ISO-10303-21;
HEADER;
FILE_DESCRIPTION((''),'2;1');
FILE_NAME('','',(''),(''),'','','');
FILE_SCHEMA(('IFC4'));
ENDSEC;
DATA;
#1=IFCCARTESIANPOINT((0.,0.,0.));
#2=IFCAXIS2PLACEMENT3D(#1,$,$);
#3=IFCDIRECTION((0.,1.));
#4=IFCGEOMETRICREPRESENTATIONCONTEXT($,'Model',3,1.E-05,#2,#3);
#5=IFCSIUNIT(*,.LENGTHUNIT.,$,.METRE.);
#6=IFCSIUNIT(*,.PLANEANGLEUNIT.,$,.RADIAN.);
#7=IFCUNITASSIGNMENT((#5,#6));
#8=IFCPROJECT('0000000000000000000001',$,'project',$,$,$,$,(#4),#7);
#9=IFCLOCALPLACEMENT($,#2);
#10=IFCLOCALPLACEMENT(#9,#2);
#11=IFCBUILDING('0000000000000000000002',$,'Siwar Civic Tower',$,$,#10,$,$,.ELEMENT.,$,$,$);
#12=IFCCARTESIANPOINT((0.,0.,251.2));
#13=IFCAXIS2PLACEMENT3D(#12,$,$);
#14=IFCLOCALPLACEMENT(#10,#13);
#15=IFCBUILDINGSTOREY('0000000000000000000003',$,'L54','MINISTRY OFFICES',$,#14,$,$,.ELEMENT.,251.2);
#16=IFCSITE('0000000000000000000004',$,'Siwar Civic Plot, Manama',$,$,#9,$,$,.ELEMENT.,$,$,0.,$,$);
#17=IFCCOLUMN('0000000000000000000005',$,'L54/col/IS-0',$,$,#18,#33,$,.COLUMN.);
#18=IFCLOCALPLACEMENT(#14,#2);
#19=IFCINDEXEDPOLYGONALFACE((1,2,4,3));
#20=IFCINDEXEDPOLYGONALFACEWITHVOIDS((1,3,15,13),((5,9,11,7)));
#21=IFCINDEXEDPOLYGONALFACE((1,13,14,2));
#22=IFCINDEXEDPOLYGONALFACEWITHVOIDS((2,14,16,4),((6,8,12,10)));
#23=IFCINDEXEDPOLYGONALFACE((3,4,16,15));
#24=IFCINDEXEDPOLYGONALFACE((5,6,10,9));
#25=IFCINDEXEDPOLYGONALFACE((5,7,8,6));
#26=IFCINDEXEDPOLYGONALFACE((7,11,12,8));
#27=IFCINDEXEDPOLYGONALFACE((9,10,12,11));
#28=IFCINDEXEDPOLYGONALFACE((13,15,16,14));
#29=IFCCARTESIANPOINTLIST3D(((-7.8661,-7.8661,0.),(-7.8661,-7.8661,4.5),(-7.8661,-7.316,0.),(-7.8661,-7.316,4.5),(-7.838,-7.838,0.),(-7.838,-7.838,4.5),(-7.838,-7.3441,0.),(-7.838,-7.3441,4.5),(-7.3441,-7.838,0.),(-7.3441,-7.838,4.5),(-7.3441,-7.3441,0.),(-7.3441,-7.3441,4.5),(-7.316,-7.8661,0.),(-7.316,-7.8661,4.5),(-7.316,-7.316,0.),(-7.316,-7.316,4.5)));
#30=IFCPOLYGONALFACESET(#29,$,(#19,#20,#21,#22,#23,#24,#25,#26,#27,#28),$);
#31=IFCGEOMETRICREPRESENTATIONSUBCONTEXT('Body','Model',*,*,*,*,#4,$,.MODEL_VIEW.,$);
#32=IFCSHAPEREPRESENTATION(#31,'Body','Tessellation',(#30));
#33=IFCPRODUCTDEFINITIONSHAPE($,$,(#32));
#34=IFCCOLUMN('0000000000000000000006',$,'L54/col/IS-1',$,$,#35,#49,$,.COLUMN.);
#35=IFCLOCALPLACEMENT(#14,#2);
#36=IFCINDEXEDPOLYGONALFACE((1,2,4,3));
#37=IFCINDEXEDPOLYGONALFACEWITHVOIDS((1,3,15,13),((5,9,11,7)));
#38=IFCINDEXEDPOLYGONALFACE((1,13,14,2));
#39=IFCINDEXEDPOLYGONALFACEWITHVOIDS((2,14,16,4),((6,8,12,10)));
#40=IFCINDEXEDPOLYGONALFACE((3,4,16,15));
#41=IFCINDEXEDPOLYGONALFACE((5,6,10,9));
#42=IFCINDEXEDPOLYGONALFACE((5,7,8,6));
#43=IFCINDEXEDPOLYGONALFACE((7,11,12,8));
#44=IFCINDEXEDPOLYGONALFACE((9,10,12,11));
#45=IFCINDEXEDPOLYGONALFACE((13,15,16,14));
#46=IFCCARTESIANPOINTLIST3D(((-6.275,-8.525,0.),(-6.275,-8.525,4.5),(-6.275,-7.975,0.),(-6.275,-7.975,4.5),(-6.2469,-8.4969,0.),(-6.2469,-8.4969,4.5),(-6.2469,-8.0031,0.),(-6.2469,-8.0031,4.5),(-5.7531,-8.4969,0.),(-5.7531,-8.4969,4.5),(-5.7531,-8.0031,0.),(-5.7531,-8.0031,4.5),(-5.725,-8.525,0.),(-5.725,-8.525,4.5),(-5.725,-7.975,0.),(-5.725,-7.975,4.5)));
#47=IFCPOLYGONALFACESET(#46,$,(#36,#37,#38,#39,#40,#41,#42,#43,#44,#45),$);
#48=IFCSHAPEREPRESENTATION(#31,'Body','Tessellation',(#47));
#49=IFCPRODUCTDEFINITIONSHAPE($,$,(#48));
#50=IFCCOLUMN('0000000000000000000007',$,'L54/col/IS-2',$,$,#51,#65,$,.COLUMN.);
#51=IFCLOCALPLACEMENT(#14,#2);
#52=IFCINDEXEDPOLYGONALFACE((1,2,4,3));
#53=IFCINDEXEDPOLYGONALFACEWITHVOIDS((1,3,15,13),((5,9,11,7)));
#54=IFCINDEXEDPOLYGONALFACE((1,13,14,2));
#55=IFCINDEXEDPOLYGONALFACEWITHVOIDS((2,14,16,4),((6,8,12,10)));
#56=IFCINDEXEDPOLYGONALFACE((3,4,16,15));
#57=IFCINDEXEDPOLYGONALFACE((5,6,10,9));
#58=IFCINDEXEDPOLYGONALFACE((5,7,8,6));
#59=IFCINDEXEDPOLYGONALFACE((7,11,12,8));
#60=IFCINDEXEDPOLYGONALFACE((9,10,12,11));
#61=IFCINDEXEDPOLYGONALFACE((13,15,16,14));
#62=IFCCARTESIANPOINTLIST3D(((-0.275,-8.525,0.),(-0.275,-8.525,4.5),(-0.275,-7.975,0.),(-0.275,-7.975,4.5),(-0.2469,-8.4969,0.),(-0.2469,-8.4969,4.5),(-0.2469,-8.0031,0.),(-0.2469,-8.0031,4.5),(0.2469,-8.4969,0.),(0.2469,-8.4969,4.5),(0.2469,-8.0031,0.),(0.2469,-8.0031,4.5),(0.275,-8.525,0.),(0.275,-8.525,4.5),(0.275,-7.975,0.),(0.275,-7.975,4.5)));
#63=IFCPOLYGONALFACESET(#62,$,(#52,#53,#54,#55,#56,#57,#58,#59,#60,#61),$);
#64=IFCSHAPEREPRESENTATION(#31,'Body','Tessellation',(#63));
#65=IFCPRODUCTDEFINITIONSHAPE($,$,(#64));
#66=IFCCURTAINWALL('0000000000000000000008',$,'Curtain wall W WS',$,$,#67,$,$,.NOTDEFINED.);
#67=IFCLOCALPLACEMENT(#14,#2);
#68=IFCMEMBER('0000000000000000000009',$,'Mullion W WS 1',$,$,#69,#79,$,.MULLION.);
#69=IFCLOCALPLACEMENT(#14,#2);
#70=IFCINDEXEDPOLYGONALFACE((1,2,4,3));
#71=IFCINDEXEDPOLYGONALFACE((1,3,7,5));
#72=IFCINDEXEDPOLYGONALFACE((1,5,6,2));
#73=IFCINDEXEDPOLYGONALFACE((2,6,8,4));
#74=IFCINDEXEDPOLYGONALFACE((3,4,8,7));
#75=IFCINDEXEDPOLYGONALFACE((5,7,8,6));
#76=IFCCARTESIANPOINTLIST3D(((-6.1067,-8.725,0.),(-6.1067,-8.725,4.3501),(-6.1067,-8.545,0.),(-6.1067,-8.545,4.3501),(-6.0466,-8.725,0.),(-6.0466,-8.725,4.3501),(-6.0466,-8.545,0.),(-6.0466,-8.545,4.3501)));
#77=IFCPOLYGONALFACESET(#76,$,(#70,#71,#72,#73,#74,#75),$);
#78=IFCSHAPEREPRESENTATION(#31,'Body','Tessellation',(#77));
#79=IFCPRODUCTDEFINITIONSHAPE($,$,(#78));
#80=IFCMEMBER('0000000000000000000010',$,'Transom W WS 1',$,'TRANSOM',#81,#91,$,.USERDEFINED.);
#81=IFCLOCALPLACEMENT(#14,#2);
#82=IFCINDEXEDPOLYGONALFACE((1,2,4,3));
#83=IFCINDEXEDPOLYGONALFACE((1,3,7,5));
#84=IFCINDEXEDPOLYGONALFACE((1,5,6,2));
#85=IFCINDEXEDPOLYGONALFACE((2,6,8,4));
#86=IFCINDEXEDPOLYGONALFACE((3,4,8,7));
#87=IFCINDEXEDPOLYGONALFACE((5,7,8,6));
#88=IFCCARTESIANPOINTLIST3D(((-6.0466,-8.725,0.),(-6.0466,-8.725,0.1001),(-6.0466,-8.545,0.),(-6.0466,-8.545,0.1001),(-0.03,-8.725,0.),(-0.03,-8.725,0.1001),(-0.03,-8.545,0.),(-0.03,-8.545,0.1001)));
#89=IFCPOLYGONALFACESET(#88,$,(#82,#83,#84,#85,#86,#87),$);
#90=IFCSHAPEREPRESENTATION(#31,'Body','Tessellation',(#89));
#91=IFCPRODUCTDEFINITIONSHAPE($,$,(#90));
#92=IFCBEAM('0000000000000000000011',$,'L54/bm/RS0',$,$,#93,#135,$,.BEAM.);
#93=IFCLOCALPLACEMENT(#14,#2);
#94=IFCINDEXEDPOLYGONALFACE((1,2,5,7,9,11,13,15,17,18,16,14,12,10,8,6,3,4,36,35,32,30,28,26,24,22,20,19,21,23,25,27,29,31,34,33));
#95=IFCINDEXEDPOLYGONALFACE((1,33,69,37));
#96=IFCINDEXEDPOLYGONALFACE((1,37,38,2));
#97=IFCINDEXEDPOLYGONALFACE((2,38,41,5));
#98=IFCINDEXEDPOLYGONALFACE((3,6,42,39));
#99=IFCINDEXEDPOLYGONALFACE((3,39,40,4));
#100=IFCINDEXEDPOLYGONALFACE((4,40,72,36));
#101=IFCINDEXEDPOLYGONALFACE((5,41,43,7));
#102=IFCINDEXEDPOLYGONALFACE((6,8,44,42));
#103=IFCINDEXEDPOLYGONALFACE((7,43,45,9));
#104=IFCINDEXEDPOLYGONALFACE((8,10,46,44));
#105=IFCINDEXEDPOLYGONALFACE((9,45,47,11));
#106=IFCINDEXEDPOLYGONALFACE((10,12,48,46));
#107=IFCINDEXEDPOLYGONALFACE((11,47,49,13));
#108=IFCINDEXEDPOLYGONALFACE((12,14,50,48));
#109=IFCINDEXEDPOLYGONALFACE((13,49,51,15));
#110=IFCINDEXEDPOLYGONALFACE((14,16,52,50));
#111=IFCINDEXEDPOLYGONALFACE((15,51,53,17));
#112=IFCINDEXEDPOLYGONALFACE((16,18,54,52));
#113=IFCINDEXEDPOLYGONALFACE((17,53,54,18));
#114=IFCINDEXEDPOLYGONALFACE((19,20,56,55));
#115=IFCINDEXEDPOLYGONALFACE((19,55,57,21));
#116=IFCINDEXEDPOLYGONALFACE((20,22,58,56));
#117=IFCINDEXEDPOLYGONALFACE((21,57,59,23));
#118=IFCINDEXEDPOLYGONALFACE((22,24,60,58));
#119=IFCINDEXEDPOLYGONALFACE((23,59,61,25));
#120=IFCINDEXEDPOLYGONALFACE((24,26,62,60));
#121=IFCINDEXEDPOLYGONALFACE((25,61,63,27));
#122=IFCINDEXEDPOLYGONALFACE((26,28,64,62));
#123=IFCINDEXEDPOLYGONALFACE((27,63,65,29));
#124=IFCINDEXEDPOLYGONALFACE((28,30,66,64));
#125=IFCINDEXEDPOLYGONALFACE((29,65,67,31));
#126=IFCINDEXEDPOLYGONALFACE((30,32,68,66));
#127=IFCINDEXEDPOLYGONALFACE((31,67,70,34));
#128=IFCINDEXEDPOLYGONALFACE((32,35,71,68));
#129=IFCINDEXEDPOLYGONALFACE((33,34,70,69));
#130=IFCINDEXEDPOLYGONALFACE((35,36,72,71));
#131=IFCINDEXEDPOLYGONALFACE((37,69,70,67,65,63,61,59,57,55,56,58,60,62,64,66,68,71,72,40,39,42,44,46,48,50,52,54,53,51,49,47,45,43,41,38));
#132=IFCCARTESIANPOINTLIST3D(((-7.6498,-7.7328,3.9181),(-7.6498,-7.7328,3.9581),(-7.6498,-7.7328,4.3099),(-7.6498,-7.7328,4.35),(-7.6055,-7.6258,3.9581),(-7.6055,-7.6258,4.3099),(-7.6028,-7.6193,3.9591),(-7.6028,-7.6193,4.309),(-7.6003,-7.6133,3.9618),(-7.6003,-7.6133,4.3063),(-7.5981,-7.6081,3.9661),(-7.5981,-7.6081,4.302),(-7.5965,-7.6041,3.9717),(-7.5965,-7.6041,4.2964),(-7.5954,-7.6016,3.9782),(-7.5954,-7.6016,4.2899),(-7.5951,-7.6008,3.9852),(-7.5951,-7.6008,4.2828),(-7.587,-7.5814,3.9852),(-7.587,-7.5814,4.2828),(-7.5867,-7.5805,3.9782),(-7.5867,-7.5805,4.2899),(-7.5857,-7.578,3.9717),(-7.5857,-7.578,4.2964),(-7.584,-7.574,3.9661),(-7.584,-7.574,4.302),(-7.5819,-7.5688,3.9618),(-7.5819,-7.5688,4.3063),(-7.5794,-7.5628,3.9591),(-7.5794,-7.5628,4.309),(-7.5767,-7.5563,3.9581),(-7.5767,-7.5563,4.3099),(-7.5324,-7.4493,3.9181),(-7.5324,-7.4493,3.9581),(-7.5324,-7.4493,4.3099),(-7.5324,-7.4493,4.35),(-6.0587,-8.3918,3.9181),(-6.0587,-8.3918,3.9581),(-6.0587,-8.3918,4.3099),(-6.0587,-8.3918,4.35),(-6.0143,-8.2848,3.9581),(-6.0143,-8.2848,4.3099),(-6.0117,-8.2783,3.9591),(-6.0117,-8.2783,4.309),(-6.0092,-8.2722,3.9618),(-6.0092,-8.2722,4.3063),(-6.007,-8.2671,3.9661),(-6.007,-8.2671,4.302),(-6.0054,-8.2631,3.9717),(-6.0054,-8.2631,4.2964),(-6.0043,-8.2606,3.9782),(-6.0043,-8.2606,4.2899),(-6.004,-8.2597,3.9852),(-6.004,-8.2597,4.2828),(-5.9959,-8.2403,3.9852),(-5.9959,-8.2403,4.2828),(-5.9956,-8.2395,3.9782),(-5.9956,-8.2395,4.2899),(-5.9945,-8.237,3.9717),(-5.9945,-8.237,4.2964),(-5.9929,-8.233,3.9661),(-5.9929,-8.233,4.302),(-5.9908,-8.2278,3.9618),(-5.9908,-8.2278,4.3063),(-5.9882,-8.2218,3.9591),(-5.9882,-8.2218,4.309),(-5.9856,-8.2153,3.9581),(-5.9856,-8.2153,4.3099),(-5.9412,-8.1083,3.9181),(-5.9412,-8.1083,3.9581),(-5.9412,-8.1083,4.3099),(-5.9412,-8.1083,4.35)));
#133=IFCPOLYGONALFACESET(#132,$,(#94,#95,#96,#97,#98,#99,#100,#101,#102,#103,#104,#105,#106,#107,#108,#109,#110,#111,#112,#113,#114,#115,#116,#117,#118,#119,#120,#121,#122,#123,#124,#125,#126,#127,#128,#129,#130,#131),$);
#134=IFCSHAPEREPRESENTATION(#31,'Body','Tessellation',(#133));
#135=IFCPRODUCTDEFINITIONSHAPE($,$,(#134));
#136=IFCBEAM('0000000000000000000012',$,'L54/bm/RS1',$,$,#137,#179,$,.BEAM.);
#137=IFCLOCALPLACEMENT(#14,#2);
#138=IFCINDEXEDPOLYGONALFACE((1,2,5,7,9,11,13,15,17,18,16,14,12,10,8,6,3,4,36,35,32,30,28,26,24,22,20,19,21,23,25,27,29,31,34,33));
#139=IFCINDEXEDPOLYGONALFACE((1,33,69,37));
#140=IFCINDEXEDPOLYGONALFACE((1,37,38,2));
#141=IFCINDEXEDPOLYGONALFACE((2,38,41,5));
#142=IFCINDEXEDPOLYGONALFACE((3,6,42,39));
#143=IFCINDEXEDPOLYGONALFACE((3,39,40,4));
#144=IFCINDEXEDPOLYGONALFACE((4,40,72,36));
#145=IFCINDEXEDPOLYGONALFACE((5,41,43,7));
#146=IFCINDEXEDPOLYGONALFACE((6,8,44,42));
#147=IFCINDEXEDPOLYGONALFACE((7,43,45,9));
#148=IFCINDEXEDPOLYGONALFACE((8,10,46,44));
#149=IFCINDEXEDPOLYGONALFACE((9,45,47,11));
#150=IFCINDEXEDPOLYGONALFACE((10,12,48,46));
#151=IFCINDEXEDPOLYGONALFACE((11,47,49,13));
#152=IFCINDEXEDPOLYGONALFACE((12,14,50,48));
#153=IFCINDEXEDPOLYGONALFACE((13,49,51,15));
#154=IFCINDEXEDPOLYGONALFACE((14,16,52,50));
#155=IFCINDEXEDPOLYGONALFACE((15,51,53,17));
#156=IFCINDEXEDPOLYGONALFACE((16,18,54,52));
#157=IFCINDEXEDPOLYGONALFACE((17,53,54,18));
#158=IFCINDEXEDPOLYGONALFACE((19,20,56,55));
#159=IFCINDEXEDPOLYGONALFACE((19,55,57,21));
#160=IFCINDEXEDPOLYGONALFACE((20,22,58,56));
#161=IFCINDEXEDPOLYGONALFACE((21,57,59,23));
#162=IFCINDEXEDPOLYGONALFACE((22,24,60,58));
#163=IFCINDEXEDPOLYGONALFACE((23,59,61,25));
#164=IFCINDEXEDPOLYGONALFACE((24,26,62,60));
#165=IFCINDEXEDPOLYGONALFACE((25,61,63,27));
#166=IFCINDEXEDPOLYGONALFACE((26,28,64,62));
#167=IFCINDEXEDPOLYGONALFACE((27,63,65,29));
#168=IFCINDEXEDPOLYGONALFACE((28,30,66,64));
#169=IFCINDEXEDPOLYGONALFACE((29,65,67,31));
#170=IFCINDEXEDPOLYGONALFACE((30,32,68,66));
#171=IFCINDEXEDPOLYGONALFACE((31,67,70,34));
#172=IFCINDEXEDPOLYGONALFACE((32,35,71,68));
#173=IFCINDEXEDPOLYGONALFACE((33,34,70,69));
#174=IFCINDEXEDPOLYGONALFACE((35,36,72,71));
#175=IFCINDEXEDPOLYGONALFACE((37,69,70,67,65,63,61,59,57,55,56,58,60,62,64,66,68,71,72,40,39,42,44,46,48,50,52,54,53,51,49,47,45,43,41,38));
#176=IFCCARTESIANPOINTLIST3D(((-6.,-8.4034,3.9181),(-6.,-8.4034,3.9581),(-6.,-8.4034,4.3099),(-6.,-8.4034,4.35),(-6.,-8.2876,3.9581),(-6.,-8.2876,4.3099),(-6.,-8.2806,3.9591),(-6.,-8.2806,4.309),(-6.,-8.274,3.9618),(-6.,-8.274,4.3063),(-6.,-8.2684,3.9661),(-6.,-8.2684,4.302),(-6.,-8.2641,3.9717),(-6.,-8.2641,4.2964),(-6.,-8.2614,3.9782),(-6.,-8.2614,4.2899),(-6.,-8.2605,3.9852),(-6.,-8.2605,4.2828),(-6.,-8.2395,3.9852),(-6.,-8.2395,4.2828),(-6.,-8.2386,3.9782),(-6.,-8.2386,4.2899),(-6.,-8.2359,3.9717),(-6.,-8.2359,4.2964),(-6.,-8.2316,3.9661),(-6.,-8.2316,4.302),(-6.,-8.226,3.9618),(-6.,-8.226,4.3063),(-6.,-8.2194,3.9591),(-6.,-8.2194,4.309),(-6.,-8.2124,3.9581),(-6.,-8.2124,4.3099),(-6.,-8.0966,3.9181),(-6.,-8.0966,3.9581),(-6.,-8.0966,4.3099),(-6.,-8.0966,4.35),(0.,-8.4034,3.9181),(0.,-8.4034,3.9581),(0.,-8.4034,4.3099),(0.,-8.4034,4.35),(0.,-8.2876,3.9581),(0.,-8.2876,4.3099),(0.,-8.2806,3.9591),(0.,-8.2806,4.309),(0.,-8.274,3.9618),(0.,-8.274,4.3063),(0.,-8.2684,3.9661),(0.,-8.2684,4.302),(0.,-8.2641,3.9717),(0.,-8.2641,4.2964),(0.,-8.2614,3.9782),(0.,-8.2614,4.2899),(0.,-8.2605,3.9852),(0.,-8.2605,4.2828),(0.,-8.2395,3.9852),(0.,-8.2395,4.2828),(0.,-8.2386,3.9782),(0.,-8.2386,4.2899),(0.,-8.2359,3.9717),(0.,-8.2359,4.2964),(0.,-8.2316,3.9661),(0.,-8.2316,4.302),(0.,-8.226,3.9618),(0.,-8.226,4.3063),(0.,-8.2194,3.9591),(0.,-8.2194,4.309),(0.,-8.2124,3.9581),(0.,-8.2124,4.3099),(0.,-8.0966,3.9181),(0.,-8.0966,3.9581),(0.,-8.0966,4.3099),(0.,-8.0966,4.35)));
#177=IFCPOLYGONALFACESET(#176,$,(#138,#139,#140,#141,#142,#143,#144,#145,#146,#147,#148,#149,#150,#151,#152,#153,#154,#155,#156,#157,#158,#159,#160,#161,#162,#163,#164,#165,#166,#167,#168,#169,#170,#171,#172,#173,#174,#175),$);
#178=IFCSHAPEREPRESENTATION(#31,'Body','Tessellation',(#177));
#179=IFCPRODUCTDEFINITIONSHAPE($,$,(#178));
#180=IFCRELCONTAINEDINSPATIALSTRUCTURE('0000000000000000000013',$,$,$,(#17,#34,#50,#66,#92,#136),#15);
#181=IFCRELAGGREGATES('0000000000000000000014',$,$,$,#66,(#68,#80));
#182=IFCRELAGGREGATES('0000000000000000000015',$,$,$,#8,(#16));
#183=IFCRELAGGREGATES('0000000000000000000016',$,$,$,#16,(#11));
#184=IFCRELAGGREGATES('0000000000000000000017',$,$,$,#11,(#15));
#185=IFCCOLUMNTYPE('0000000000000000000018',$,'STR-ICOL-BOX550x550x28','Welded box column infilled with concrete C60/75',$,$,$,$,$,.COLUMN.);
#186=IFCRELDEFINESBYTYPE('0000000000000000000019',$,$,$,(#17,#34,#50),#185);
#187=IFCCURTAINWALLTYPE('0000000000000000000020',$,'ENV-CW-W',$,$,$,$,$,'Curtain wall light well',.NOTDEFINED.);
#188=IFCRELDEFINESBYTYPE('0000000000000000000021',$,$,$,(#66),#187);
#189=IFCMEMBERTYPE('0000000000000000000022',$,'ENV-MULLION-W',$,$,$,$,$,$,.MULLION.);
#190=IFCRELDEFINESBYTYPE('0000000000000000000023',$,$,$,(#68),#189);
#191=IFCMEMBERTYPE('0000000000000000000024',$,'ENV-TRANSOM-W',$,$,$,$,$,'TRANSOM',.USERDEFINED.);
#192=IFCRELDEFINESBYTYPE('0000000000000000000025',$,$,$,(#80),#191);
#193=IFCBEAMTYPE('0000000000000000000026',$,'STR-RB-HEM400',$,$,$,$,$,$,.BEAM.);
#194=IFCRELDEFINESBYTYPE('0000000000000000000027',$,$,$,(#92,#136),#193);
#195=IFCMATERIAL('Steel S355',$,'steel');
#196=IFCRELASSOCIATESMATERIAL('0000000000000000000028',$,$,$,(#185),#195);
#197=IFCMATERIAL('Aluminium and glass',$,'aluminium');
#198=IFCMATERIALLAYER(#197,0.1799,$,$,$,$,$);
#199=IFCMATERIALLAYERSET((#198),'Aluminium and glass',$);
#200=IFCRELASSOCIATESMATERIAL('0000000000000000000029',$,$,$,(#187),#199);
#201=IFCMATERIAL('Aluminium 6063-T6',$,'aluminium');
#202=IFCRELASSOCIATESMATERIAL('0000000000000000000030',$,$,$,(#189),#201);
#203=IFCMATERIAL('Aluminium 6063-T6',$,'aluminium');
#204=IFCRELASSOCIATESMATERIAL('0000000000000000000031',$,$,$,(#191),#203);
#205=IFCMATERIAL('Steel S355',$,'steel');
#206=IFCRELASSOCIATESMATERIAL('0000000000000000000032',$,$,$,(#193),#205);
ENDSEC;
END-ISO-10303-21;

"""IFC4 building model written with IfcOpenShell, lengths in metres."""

from ifc_helpers import new_model, si_unit, direction, frame, origin, origin_2d, place, context, subcontext, project, spatial, rectangle, hollow_rectangle, i_section, extrude, material, layer, layer_set, material_profile, profile_set, type_object, element, aggregate, save


model = new_model("IFC4")

# Units and contexts
model_context = context("Model", 3, precision=1e-05, world=origin(), true_north=direction((0.0, 1.0)))
body_context = subcontext(model_context, "Body", "Model", "MODEL_VIEW")
ifc_project = project(units=[si_unit("LENGTHUNIT", "METRE"), si_unit("PLANEANGLEUNIT", "RADIAN")], contexts=[model_context])

# Site, building, storey
site_placement = place(None, origin())
site = spatial("IfcSite", under=ifc_project, at=site_placement, Name="Siwar Civic Plot, Manama", CompositionType="ELEMENT", RefElevation=0.0)
building_placement = place(site_placement, origin())
building = spatial("IfcBuilding", under=site, at=building_placement, Name="Siwar Civic Tower", CompositionType="ELEMENT")
storey_placement = place(building_placement, frame((0.0, 0.0, 251.2)))
storey = spatial("IfcBuildingStorey", under=building, at=storey_placement, Name="L54", Description="MINISTRY OFFICES", CompositionType="ELEMENT", Elevation=251.2)

# Columns
ifc_material_1 = material(Name="Steel S355", Category="steel")
ifc_material_profile_1 = material_profile(ifc_material_1, hollow_rectangle(XDim=0.55, YDim=0.55, WallThickness=0.0281, at=origin_2d()), Name="BOX550x550x28")
ifc_profile_set_1 = profile_set([ifc_material_profile_1], Name="Steel S355")
column_type = type_object("IfcColumnType", Name="STR-ICOL-BOX550x550x28", Description="Welded box column infilled with concrete C60/75", PredefinedType="COLUMN", material=ifc_profile_set_1)
for number, where, z_axis, x_axis, name in (
    (1, (-7.5911, -7.5911, 0.0), (0.0, 0.0, 1.0), (1.0, 0.0, 0.0), "L54/col/IS-0"),
    (2, (-6.0, -8.25, 0.0), (0.0, 0.0, 1.0), (1.0, 0.0, 0.0), "L54/col/IS-1"),
    (3, (0.0, -8.25, 0.0), (0.0, 0.0, 1.0), (1.0, 0.0, 0.0), "L54/col/IS-2"),
):
    element("IfcColumn", number, at=place(storey_placement, frame(where, z_axis=z_axis, x_axis=x_axis)), inside=storey, type_object=column_type, Name=name, PredefinedType="COLUMN", context=body_context, shape_type="SweptSolid", body=[
        extrude(hollow_rectangle(XDim=0.55, YDim=0.55, WallThickness=0.0281, at=origin_2d()), origin(), (0.0, 0.0, 1.0), 4.5),
    ])

# Curtain wall, members
ifc_material_2 = material(Name="Aluminium and glass", Category="aluminium")
ifc_layer_1 = layer(ifc_material_2, 0.1799)
ifc_layer_set_1 = layer_set([ifc_layer_1], Name="Aluminium and glass")
curtain_wall_type = type_object("IfcCurtainWallType", Name="ENV-CW-W", ElementType="Curtain wall light well", PredefinedType="NOTDEFINED", material=ifc_layer_set_1)
curtain_wall_placement = place(storey_placement, origin())
curtain_wall = element("IfcCurtainWall", 4, at=curtain_wall_placement, inside=storey, type_object=curtain_wall_type, Name="Curtain wall W WS", PredefinedType="NOTDEFINED")
ifc_material_3 = material(Name="Aluminium 6063-T6", Category="aluminium")
ifc_material_profile_2 = material_profile(ifc_material_3, rectangle(XDim=0.1799, YDim=0.0601, at=origin_2d()), Name="AL 180x60")
ifc_profile_set_2 = profile_set([ifc_material_profile_2], Name="Aluminium 6063-T6")
member_type_1 = type_object("IfcMemberType", Name="ENV-MULLION-W", PredefinedType="MULLION", material=ifc_profile_set_2)
member_1_placement = place(storey_placement, frame((-6.0767, -8.635, 0.0), z_axis=(0.0, 0.0, 1.0), x_axis=(0.0, 1.0, 0.0)))
member_1 = element("IfcMember", 5, at=member_1_placement, type_object=member_type_1, Name="Mullion W WS 1", PredefinedType="MULLION", context=body_context, shape_type="SweptSolid", body=[
    extrude(rectangle(XDim=0.1799, YDim=0.0601, at=origin_2d()), origin(), (0.0, 0.0, 1.0), 4.3501),
])
ifc_material_4 = material(Name="Aluminium 6063-T6", Category="aluminium")
ifc_material_profile_3 = material_profile(ifc_material_4, rectangle(XDim=0.1799, YDim=0.1001, at=origin_2d()), Name="AL 180x100")
ifc_profile_set_3 = profile_set([ifc_material_profile_3], Name="Aluminium 6063-T6")
member_type_2 = type_object("IfcMemberType", Name="ENV-TRANSOM-W", ElementType="TRANSOM", PredefinedType="USERDEFINED", material=ifc_profile_set_3)
member_2_placement = place(storey_placement, frame((-6.0466, -8.635, 0.05), z_axis=(1.0, 0.0, 0.0), x_axis=(0.0, 1.0, 0.0)))
member_2 = element("IfcMember", 6, at=member_2_placement, type_object=member_type_2, Name="Transom W WS 1", ObjectType="TRANSOM", PredefinedType="USERDEFINED", context=body_context, shape_type="SweptSolid", body=[
    extrude(rectangle(XDim=0.1799, YDim=0.1001, at=origin_2d()), origin(), (0.0, 0.0, 1.0), 6.0166),
])

# Beams
ifc_material_5 = material(Name="Steel S355", Category="steel")
ifc_material_profile_4 = material_profile(ifc_material_5, i_section(OverallWidth=0.3069, OverallDepth=0.4319, WebThickness=0.021, FlangeThickness=0.04, FilletRadius=0.0271, at=origin_2d()), Name="HEM400")
ifc_profile_set_4 = profile_set([ifc_material_profile_4], Name="Steel S355")
beam_type = type_object("IfcBeamType", Name="STR-RB-HEM400", PredefinedType="BEAM", material=ifc_profile_set_4)
beam_1_placement = place(storey_placement, frame((-7.5911, -7.5911, 4.134), z_axis=(0.923901, -0.382631, 0.0), x_axis=(0.382631, 0.923901, 0.0)))
element("IfcBeam", 7, at=beam_1_placement, inside=storey, type_object=beam_type, Name="L54/bm/RS0", PredefinedType="BEAM", context=body_context, shape_type="SweptSolid", body=[
    extrude(i_section(OverallWidth=0.3069, OverallDepth=0.4319, WebThickness=0.021, FlangeThickness=0.04, FilletRadius=0.0271, at=origin_2d()), origin(), (0.0, 0.0, 1.0), 1.7222),
])
beam_2_placement = place(storey_placement, frame((-6.0, -8.25, 4.134), z_axis=(1.0, 0.0, 0.0), x_axis=(0.0, 1.0, 0.0)))
element("IfcBeam", 8, at=beam_2_placement, inside=storey, type_object=beam_type, Name="L54/bm/RS1", PredefinedType="BEAM", context=body_context, shape_type="SweptSolid", body=[
    extrude(i_section(OverallWidth=0.3069, OverallDepth=0.4319, WebThickness=0.021, FlangeThickness=0.04, FilletRadius=0.0271, at=origin_2d()), origin(), (0.0, 0.0, 1.0), 6.0),
])

aggregate(curtain_wall, [member_1, member_2])

save(model, "model.ifc")
